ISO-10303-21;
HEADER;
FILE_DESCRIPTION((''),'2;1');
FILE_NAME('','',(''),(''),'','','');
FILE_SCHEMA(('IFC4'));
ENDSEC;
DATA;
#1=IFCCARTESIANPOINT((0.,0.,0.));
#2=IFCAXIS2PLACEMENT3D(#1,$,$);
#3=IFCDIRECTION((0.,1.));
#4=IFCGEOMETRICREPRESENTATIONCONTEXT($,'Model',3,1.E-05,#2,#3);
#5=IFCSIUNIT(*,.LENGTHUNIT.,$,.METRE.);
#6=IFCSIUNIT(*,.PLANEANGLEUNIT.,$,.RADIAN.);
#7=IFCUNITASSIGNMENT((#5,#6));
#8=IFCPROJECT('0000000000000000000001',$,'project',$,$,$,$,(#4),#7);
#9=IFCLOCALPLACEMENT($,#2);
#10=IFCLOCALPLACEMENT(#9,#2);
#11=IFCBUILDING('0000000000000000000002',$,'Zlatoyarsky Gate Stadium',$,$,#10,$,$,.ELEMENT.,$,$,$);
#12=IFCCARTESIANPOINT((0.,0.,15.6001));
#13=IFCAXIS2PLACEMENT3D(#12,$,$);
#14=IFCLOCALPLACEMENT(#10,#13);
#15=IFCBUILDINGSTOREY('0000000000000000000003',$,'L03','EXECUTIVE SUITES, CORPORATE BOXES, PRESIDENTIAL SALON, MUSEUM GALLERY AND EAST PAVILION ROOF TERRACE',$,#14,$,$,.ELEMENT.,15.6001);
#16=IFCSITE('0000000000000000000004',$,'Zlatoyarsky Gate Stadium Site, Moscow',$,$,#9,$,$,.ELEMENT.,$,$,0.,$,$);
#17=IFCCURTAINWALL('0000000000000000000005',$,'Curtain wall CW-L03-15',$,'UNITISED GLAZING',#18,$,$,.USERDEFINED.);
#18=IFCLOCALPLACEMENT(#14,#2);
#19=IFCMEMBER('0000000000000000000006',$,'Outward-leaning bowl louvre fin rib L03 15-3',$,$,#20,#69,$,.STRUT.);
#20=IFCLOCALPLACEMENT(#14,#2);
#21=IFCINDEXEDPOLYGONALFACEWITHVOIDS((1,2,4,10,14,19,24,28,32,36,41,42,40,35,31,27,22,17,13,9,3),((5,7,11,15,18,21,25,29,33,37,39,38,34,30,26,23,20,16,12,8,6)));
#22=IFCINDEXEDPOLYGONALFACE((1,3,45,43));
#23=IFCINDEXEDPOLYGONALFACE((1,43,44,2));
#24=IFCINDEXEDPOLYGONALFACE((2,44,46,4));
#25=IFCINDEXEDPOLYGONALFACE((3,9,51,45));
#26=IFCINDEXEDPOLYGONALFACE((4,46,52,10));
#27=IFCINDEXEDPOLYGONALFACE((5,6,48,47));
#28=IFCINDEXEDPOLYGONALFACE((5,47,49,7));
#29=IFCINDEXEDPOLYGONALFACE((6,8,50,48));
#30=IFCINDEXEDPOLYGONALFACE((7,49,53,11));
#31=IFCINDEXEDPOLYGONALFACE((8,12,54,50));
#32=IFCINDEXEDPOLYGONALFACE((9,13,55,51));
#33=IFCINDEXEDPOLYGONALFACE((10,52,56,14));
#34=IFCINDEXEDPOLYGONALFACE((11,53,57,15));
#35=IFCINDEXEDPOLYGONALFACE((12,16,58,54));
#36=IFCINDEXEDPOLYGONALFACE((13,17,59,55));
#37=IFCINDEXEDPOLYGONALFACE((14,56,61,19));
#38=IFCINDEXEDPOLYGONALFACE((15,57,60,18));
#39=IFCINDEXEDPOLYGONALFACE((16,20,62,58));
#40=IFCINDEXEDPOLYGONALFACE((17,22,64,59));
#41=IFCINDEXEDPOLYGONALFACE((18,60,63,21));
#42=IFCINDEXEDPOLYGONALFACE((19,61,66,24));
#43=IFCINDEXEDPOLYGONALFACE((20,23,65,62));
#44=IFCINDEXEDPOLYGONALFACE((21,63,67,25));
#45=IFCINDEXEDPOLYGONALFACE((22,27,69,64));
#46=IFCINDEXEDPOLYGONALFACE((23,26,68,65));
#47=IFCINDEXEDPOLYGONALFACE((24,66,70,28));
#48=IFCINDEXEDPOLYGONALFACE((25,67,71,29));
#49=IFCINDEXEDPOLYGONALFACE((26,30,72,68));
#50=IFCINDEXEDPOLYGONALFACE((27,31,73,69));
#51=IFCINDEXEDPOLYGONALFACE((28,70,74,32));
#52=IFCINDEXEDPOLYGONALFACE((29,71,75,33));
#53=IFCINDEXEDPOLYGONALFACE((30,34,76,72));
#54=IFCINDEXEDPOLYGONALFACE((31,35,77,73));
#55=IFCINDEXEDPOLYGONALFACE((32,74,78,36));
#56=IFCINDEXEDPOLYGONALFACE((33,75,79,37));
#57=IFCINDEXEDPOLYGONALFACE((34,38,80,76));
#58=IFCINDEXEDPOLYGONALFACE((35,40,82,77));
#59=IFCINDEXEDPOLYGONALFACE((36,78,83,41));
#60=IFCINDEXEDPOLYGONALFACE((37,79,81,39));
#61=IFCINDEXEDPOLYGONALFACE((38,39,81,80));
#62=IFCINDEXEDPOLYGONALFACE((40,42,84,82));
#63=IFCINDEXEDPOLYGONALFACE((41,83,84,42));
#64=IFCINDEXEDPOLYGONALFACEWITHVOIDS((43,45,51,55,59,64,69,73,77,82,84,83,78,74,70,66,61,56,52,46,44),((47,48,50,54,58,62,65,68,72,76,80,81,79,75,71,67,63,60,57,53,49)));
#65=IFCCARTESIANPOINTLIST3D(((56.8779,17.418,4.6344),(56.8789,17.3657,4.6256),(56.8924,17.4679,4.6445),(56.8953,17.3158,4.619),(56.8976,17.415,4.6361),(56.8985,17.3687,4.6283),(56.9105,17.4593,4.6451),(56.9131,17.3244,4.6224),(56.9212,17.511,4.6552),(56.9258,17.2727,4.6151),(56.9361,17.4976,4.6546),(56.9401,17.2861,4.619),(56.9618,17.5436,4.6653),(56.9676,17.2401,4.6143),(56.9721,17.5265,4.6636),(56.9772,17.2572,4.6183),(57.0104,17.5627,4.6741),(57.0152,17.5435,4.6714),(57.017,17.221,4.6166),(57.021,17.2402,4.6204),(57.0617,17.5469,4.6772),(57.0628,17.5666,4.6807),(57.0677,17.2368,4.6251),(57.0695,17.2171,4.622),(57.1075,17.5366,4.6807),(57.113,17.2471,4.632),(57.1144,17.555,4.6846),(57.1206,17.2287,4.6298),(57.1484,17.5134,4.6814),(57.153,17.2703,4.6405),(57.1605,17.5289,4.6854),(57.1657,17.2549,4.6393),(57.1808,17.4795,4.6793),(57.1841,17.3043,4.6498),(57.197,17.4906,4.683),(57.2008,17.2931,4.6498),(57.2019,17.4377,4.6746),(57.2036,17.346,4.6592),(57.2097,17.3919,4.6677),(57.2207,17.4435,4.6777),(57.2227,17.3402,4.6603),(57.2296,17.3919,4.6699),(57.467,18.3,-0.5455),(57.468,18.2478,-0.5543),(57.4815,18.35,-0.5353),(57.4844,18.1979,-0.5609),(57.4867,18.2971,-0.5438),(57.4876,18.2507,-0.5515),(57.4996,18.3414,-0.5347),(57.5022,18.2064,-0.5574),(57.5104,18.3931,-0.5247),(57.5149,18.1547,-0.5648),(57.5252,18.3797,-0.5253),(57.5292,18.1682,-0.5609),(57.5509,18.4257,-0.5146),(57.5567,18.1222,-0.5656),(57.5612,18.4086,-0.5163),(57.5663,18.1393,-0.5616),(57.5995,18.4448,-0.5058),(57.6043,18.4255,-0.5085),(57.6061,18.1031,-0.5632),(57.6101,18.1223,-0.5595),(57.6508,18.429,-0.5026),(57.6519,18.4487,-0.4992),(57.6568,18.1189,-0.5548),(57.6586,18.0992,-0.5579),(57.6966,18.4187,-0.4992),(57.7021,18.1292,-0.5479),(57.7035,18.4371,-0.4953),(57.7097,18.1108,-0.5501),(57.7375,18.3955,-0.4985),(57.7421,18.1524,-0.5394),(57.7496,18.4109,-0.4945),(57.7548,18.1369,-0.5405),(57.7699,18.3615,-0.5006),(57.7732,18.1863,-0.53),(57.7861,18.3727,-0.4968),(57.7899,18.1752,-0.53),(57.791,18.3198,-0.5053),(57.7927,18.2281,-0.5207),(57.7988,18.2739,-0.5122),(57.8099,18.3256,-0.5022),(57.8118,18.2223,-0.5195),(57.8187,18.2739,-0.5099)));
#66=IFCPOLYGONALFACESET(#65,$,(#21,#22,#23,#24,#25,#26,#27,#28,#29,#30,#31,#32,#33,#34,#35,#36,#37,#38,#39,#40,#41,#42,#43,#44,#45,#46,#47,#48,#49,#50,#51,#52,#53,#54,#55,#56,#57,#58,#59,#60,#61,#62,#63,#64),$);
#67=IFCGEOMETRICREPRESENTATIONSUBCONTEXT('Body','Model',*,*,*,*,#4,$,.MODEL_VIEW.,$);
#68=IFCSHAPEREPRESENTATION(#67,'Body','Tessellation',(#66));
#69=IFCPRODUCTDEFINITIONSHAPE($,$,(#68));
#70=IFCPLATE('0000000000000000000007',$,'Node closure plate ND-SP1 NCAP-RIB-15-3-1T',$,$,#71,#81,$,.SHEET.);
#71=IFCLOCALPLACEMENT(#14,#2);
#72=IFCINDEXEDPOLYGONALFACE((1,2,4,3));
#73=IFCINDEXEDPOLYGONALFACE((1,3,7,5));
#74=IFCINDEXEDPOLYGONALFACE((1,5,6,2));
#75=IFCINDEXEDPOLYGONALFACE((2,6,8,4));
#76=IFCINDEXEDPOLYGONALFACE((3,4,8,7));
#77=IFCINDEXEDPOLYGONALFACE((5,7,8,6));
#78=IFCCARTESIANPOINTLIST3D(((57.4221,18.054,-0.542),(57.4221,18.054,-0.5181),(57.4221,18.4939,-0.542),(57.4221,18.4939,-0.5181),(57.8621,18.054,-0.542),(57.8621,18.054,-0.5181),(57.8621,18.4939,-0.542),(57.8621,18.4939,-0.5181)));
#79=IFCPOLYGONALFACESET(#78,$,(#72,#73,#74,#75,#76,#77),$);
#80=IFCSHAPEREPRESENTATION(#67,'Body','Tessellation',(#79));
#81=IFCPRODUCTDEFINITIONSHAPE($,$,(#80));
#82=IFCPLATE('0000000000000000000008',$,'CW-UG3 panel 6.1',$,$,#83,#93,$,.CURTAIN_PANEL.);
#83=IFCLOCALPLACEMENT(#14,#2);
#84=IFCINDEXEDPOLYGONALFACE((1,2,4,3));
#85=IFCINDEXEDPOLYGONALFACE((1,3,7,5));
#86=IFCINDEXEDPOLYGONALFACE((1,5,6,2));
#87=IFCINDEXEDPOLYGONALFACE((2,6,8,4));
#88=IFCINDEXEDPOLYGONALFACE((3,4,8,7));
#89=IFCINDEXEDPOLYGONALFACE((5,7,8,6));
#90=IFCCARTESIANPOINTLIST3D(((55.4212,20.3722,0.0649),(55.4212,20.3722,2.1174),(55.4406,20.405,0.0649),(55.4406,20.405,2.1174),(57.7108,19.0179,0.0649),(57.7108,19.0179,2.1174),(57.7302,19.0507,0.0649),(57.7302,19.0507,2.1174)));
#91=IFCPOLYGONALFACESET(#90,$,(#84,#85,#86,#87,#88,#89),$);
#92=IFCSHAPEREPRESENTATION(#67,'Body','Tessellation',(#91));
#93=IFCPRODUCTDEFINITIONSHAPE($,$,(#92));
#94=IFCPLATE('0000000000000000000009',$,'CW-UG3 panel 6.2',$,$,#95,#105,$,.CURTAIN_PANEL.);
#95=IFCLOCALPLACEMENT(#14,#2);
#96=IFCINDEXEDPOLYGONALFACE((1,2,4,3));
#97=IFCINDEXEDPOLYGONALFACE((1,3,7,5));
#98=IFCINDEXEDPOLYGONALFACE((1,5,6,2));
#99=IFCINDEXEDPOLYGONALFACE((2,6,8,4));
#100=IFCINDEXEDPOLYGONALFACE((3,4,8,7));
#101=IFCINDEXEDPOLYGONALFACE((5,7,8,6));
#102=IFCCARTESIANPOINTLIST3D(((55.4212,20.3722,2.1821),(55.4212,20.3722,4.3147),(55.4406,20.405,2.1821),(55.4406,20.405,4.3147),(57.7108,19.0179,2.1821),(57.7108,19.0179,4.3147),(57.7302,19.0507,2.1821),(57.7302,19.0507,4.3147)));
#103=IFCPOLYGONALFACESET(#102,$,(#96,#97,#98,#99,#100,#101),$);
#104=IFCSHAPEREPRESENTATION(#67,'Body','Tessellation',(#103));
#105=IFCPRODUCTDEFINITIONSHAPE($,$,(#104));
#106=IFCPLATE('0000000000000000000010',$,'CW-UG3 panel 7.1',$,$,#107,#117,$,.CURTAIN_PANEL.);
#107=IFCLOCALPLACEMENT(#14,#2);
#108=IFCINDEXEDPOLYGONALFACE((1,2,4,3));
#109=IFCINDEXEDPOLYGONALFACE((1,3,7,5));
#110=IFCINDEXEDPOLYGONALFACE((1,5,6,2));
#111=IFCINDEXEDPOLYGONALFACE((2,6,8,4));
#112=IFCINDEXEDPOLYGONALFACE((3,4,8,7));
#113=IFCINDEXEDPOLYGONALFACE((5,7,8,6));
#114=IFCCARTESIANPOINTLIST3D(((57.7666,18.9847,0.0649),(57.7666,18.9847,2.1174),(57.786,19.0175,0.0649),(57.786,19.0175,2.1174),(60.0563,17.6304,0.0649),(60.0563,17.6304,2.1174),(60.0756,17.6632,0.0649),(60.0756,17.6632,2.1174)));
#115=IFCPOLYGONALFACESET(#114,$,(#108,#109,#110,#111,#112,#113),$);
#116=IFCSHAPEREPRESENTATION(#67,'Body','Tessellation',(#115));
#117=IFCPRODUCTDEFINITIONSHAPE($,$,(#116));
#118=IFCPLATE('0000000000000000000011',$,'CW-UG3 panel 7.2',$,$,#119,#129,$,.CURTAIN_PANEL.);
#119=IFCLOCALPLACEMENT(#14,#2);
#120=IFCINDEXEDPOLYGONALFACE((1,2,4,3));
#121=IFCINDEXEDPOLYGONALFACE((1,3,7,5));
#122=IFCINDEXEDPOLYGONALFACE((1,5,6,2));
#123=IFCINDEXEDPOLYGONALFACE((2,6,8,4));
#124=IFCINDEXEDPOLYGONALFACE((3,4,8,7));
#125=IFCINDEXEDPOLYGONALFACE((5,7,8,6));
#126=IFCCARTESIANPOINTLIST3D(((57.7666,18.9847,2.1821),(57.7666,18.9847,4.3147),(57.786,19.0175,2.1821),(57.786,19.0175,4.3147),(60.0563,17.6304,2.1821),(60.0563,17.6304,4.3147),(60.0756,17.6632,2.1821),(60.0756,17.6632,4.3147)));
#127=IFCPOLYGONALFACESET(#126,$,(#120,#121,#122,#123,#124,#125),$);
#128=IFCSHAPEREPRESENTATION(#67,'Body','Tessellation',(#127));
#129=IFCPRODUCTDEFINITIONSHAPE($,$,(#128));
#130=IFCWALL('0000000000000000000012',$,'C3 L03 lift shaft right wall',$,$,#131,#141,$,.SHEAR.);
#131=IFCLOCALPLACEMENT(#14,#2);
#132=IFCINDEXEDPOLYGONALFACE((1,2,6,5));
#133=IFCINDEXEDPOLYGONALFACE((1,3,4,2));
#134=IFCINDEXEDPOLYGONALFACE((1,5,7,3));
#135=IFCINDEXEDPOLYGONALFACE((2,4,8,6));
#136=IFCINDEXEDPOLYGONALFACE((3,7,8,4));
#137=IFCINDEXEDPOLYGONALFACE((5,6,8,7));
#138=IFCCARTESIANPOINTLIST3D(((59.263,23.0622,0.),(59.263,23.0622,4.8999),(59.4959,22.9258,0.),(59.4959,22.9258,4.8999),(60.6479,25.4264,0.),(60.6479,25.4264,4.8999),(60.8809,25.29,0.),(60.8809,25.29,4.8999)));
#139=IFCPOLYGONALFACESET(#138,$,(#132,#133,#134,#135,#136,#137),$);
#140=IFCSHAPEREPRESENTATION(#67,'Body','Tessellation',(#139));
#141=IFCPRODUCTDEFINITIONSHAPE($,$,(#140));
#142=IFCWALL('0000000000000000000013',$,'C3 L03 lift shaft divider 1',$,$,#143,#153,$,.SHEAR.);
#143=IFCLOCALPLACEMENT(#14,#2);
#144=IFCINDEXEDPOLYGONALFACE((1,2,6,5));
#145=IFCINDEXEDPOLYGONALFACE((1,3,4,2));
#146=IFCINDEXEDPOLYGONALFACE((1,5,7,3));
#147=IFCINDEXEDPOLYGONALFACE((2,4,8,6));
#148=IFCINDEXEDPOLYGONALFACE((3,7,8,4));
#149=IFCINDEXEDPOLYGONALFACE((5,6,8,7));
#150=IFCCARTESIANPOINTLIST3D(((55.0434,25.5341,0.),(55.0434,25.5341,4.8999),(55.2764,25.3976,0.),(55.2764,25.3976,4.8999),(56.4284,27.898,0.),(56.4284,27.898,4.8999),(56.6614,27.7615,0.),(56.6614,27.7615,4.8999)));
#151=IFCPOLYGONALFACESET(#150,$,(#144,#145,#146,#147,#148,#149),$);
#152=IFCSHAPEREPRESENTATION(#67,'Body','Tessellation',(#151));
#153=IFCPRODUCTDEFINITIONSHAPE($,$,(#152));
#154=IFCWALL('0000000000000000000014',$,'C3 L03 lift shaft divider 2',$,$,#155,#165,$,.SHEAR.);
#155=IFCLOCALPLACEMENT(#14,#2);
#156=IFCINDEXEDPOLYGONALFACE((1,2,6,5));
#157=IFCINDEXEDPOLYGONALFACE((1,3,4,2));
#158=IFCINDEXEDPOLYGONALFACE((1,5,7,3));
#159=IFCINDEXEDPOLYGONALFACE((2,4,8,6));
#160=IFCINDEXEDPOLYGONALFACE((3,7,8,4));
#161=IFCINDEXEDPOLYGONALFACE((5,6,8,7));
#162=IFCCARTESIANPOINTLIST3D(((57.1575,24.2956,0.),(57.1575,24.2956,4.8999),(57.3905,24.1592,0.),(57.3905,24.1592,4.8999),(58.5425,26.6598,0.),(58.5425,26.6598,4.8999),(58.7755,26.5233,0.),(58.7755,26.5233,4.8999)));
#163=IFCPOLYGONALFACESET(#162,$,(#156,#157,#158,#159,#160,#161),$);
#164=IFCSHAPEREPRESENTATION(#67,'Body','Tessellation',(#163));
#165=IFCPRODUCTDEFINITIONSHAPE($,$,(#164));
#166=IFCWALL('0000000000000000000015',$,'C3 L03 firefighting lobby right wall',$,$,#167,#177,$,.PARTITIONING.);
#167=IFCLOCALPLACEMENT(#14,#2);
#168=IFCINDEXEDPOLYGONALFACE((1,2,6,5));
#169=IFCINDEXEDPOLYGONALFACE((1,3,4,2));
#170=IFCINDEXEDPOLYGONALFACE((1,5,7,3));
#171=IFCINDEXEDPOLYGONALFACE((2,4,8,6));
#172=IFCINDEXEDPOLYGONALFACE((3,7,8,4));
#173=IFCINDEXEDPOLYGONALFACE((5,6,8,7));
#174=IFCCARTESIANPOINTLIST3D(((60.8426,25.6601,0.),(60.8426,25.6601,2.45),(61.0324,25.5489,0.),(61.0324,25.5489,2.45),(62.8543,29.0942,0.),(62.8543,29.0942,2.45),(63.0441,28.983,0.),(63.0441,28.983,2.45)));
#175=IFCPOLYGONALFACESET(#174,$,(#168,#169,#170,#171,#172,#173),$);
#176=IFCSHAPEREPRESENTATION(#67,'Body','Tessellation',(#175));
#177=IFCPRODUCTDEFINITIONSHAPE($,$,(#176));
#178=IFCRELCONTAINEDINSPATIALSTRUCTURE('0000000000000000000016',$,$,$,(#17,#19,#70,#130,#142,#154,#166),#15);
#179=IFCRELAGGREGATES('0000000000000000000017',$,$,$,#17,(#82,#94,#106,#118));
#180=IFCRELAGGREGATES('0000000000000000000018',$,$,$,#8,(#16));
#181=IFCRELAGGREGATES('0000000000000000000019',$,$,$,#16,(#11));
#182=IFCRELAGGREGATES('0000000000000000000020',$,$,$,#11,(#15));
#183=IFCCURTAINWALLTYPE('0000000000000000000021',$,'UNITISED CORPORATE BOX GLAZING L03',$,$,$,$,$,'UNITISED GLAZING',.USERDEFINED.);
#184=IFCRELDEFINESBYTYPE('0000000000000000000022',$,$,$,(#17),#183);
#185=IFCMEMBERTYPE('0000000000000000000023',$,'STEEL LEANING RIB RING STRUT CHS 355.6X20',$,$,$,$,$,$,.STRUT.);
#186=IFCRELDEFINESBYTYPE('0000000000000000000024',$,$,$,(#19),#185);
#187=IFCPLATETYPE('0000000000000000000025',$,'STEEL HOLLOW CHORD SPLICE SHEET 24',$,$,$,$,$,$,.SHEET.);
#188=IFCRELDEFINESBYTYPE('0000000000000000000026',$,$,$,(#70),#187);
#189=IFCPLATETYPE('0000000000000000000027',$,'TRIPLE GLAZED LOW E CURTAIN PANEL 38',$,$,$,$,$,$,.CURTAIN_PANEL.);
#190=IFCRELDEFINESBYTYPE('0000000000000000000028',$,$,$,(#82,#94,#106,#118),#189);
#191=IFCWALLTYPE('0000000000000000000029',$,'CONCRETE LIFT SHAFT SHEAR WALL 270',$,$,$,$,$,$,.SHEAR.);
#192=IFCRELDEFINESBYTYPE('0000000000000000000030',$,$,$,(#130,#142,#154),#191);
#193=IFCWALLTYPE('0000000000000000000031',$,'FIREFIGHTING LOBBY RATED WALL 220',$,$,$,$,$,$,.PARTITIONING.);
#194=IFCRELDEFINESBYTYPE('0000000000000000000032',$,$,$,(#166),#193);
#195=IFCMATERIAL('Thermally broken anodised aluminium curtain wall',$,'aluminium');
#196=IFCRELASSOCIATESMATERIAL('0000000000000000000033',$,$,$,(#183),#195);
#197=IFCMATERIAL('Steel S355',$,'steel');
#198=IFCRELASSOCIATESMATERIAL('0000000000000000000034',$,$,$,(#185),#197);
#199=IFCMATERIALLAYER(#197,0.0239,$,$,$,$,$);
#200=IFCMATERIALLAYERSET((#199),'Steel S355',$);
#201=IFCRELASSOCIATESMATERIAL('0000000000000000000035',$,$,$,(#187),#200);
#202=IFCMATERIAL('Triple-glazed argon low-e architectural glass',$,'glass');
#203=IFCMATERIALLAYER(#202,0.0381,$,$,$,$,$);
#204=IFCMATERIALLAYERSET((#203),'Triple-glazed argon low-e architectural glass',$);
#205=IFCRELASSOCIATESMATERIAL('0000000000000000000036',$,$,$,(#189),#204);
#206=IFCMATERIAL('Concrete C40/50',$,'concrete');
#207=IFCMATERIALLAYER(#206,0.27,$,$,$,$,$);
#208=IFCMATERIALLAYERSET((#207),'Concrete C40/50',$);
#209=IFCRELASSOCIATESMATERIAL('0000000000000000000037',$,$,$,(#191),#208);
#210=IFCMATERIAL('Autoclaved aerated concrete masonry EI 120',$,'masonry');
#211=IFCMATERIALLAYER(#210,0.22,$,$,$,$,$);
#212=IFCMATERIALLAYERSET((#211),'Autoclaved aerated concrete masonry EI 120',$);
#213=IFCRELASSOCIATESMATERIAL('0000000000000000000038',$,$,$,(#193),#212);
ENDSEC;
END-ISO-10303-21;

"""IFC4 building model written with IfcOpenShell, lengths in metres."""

from ifc_helpers import new_model, si_unit, direction, frame, frame_2d, origin, origin_2d, place, context, subcontext, project, spatial, rectangle, hollow_circle, extrude, material, layer, layer_set, material_profile, profile_set, type_object, element, aggregate, save


model = new_model("IFC4")

# Units and contexts
model_context = context("Model", 3, precision=1e-05, world=origin(), true_north=direction((0.0, 1.0)))
body_context = subcontext(model_context, "Body", "Model", "MODEL_VIEW")
ifc_project = project(units=[si_unit("LENGTHUNIT", "METRE"), si_unit("PLANEANGLEUNIT", "RADIAN")], contexts=[model_context])

# Site, building, storey
site_placement = place(None, origin())
site = spatial("IfcSite", under=ifc_project, at=site_placement, Name="Zlatoyarsky Gate Stadium Site, Moscow", CompositionType="ELEMENT", RefElevation=0.0)
building_placement = place(site_placement, origin())
building = spatial("IfcBuilding", under=site, at=building_placement, Name="Zlatoyarsky Gate Stadium", CompositionType="ELEMENT")
storey_placement = place(building_placement, frame((0.0, 0.0, 15.6001)))
storey = spatial("IfcBuildingStorey", under=building, at=storey_placement, Name="L03", Description="EXECUTIVE SUITES, CORPORATE BOXES, PRESIDENTIAL SALON, MUSEUM GALLERY AND EAST PAVILION ROOF TERRACE", CompositionType="ELEMENT", Elevation=15.6001)

# Curtain wall
ifc_material_1 = material(Name="Thermally broken anodised aluminium curtain wall", Category="aluminium")
curtain_wall_type = type_object("IfcCurtainWallType", Name="UNITISED CORPORATE BOX GLAZING L03", ElementType="UNITISED GLAZING", PredefinedType="USERDEFINED", material=ifc_material_1)
curtain_wall_placement = place(storey_placement, origin())
curtain_wall = element("IfcCurtainWall", 1, at=curtain_wall_placement, inside=storey, type_object=curtain_wall_type, Name="Curtain wall CW-L03-15", ObjectType="UNITISED GLAZING", PredefinedType="USERDEFINED")

# Shared definitions
ifc_material_2 = material(Name="Steel S355", Category="steel")

# Member
ifc_material_profile_1 = material_profile(ifc_material_2, hollow_circle(Radius=0.1777, WallThickness=0.02, at=origin_2d()), Name="CHS 355.6X20")
ifc_profile_set_1 = profile_set([ifc_material_profile_1], Name="Steel S355")
member_type_1 = type_object("IfcMemberType", Name="STEEL LEANING RIB RING STRUT CHS 355.6X20", PredefinedType="STRUT", material=ifc_profile_set_1)
member_1_placement = place(storey_placement, frame((57.6421, 18.2739, -0.53), z_axis=(-0.111418, -0.166826, 0.979671), x_axis=(0.83159, -0.555391, 0.0)))
element("IfcMember", 2, at=member_1_placement, inside=storey, type_object=member_type_1, Name="Outward-leaning bowl louvre fin rib L03 15-3", PredefinedType="STRUT", context=body_context, shape_type="SweptSolid", body=[
    extrude(hollow_circle(Radius=0.1777, WallThickness=0.02, at=origin_2d()), origin(), (0.0, 0.0, 1.0), 5.2874),
])

# Plates
ifc_layer_1 = layer(ifc_material_2, 0.0239)
ifc_layer_set_1 = layer_set([ifc_layer_1], Name="Steel S355")
plate_type_1 = type_object("IfcPlateType", Name="STEEL HOLLOW CHORD SPLICE SHEET 24", PredefinedType="SHEET", material=ifc_layer_set_1)
plate_1_placement = place(storey_placement, frame((57.6421, 18.2739, -0.542), z_axis=(0.0, 0.0, 1.0), x_axis=(1.0, 0.0, 0.0)))
element("IfcPlate", 3, at=plate_1_placement, inside=storey, type_object=plate_type_1, Name="Node closure plate ND-SP1 NCAP-RIB-15-3-1T", PredefinedType="SHEET", context=body_context, shape_type="SweptSolid", body=[
    extrude(rectangle(XDim=0.4399, YDim=0.4399, at=origin_2d()), origin(), (0.0, 0.0, 1.0), 0.0239),
])
ifc_material_3 = material(Name="Triple-glazed argon low-e architectural glass", Category="glass")
ifc_layer_2 = layer(ifc_material_3, 0.0381)
ifc_layer_set_2 = layer_set([ifc_layer_2], Name="Triple-glazed argon low-e architectural glass")
plate_type_2 = type_object("IfcPlateType", Name="TRIPLE GLAZED LOW E CURTAIN PANEL 38", PredefinedType="CURTAIN_PANEL", material=ifc_layer_set_2)
plate_2_placement = place(storey_placement, frame((56.5757, 19.7114, 0.0649), z_axis=(0.0, 0.0, 1.0), x_axis=(0.860708, -0.509098, 0.0)))
plate_2 = element("IfcPlate", 4, at=plate_2_placement, type_object=plate_type_2, Name="CW-UG3 panel 6.1", PredefinedType="CURTAIN_PANEL", context=body_context, shape_type="SweptSolid", body=[
    extrude(rectangle(XDim=2.6602, YDim=0.0381, at=origin_2d()), origin(), (0.0, 0.0, 1.0), 2.0525),
])
plate_3_placement = place(storey_placement, frame((56.5757, 19.7114, 2.1821), z_axis=(0.0, 0.0, 1.0), x_axis=(0.860708, -0.509098, 0.0)))
plate_3 = element("IfcPlate", 5, at=plate_3_placement, type_object=plate_type_2, Name="CW-UG3 panel 6.2", PredefinedType="CURTAIN_PANEL", context=body_context, shape_type="SweptSolid", body=[
    extrude(rectangle(XDim=2.6602, YDim=0.0381, at=origin_2d()), origin(), (0.0, 0.0, 1.0), 2.1326),
])
plate_4_placement = place(storey_placement, frame((58.9211, 18.324, 0.0649), z_axis=(0.0, 0.0, 1.0), x_axis=(0.860708, -0.509098, 0.0)))
plate_4 = element("IfcPlate", 6, at=plate_4_placement, type_object=plate_type_2, Name="CW-UG3 panel 7.1", PredefinedType="CURTAIN_PANEL", context=body_context, shape_type="SweptSolid", body=[
    extrude(rectangle(XDim=2.6602, YDim=0.0381, at=origin_2d()), origin(), (0.0, 0.0, 1.0), 2.0525),
])
plate_5_placement = place(storey_placement, frame((58.9211, 18.324, 2.1821), z_axis=(0.0, 0.0, 1.0), x_axis=(0.860708, -0.509098, 0.0)))
plate_5 = element("IfcPlate", 7, at=plate_5_placement, type_object=plate_type_2, Name="CW-UG3 panel 7.2", PredefinedType="CURTAIN_PANEL", context=body_context, shape_type="SweptSolid", body=[
    extrude(rectangle(XDim=2.6602, YDim=0.0381, at=origin_2d()), origin(), (0.0, 0.0, 1.0), 2.1326),
])
aggregate(curtain_wall, [plate_2, plate_3, plate_4, plate_5])

# Walls
ifc_material_4 = material(Name="Concrete C40/50", Category="concrete")
ifc_layer_3 = layer(ifc_material_4, 0.27)
ifc_layer_set_3 = layer_set([ifc_layer_3], Name="Concrete C40/50")
wall_type_1 = type_object("IfcWallType", Name="CONCRETE LIFT SHAFT SHEAR WALL 270", PredefinedType="SHEAR", material=ifc_layer_set_3)
wall_1_placement = place(storey_placement, frame((59.3794, 22.9939, 0.0), z_axis=(0.0, 0.0, 1.0), x_axis=(0.505466, 0.862847, 0.0)))
element("IfcWall", 8, at=wall_1_placement, inside=storey, type_object=wall_type_1, Name="C3 L03 lift shaft right wall", PredefinedType="SHEAR", context=body_context, shape_type="SweptSolid", body=[
    extrude(rectangle(XDim=2.74, YDim=0.27, at=frame_2d((1.3701, 0.0))), origin(), (0.0, 0.0, 1.0), 4.8999),
])
wall_2_placement = place(storey_placement, frame((55.1599, 25.4658, 0.0), z_axis=(0.0, 0.0, 1.0), x_axis=(0.505505, 0.862824, 0.0)))
element("IfcWall", 9, at=wall_2_placement, inside=storey, type_object=wall_type_1, Name="C3 L03 lift shaft divider 1", PredefinedType="SHEAR", context=body_context, shape_type="SweptSolid", body=[
    extrude(rectangle(XDim=2.7397, YDim=0.27, at=frame_2d((1.3699, 0.0))), origin(), (0.0, 0.0, 1.0), 4.8999),
])
wall_3_placement = place(storey_placement, frame((57.2739, 24.2273, 0.0), z_axis=(0.0, 0.0, 1.0), x_axis=(0.505466, 0.862847, 0.0)))
element("IfcWall", 10, at=wall_3_placement, inside=storey, type_object=wall_type_1, Name="C3 L03 lift shaft divider 2", PredefinedType="SHEAR", context=body_context, shape_type="SweptSolid", body=[
    extrude(rectangle(XDim=2.74, YDim=0.27, at=frame_2d((1.3701, 0.0))), origin(), (0.0, 0.0, 1.0), 4.8999),
])
ifc_material_5 = material(Name="Autoclaved aerated concrete masonry EI 120", Category="masonry")
ifc_layer_4 = layer(ifc_material_5, 0.22)
ifc_layer_set_4 = layer_set([ifc_layer_4], Name="Autoclaved aerated concrete masonry EI 120")
wall_type_2 = type_object("IfcWallType", Name="FIREFIGHTING LOBBY RATED WALL 220", PredefinedType="PARTITIONING", material=ifc_layer_set_4)
wall_4_placement = place(storey_placement, frame((60.9375, 25.6045, 0.0), z_axis=(0.0, 0.0, 1.0), x_axis=(0.505464, 0.862847, 0.0)))
element("IfcWall", 11, at=wall_4_placement, inside=storey, type_object=wall_type_2, Name="C3 L03 firefighting lobby right wall", PredefinedType="PARTITIONING", context=body_context, shape_type="SweptSolid", body=[
    extrude(rectangle(XDim=3.98, YDim=0.22, at=frame_2d((1.99, 0.0))), origin(), (0.0, 0.0, 1.0), 2.45),
])

save(model, "model.ifc")
